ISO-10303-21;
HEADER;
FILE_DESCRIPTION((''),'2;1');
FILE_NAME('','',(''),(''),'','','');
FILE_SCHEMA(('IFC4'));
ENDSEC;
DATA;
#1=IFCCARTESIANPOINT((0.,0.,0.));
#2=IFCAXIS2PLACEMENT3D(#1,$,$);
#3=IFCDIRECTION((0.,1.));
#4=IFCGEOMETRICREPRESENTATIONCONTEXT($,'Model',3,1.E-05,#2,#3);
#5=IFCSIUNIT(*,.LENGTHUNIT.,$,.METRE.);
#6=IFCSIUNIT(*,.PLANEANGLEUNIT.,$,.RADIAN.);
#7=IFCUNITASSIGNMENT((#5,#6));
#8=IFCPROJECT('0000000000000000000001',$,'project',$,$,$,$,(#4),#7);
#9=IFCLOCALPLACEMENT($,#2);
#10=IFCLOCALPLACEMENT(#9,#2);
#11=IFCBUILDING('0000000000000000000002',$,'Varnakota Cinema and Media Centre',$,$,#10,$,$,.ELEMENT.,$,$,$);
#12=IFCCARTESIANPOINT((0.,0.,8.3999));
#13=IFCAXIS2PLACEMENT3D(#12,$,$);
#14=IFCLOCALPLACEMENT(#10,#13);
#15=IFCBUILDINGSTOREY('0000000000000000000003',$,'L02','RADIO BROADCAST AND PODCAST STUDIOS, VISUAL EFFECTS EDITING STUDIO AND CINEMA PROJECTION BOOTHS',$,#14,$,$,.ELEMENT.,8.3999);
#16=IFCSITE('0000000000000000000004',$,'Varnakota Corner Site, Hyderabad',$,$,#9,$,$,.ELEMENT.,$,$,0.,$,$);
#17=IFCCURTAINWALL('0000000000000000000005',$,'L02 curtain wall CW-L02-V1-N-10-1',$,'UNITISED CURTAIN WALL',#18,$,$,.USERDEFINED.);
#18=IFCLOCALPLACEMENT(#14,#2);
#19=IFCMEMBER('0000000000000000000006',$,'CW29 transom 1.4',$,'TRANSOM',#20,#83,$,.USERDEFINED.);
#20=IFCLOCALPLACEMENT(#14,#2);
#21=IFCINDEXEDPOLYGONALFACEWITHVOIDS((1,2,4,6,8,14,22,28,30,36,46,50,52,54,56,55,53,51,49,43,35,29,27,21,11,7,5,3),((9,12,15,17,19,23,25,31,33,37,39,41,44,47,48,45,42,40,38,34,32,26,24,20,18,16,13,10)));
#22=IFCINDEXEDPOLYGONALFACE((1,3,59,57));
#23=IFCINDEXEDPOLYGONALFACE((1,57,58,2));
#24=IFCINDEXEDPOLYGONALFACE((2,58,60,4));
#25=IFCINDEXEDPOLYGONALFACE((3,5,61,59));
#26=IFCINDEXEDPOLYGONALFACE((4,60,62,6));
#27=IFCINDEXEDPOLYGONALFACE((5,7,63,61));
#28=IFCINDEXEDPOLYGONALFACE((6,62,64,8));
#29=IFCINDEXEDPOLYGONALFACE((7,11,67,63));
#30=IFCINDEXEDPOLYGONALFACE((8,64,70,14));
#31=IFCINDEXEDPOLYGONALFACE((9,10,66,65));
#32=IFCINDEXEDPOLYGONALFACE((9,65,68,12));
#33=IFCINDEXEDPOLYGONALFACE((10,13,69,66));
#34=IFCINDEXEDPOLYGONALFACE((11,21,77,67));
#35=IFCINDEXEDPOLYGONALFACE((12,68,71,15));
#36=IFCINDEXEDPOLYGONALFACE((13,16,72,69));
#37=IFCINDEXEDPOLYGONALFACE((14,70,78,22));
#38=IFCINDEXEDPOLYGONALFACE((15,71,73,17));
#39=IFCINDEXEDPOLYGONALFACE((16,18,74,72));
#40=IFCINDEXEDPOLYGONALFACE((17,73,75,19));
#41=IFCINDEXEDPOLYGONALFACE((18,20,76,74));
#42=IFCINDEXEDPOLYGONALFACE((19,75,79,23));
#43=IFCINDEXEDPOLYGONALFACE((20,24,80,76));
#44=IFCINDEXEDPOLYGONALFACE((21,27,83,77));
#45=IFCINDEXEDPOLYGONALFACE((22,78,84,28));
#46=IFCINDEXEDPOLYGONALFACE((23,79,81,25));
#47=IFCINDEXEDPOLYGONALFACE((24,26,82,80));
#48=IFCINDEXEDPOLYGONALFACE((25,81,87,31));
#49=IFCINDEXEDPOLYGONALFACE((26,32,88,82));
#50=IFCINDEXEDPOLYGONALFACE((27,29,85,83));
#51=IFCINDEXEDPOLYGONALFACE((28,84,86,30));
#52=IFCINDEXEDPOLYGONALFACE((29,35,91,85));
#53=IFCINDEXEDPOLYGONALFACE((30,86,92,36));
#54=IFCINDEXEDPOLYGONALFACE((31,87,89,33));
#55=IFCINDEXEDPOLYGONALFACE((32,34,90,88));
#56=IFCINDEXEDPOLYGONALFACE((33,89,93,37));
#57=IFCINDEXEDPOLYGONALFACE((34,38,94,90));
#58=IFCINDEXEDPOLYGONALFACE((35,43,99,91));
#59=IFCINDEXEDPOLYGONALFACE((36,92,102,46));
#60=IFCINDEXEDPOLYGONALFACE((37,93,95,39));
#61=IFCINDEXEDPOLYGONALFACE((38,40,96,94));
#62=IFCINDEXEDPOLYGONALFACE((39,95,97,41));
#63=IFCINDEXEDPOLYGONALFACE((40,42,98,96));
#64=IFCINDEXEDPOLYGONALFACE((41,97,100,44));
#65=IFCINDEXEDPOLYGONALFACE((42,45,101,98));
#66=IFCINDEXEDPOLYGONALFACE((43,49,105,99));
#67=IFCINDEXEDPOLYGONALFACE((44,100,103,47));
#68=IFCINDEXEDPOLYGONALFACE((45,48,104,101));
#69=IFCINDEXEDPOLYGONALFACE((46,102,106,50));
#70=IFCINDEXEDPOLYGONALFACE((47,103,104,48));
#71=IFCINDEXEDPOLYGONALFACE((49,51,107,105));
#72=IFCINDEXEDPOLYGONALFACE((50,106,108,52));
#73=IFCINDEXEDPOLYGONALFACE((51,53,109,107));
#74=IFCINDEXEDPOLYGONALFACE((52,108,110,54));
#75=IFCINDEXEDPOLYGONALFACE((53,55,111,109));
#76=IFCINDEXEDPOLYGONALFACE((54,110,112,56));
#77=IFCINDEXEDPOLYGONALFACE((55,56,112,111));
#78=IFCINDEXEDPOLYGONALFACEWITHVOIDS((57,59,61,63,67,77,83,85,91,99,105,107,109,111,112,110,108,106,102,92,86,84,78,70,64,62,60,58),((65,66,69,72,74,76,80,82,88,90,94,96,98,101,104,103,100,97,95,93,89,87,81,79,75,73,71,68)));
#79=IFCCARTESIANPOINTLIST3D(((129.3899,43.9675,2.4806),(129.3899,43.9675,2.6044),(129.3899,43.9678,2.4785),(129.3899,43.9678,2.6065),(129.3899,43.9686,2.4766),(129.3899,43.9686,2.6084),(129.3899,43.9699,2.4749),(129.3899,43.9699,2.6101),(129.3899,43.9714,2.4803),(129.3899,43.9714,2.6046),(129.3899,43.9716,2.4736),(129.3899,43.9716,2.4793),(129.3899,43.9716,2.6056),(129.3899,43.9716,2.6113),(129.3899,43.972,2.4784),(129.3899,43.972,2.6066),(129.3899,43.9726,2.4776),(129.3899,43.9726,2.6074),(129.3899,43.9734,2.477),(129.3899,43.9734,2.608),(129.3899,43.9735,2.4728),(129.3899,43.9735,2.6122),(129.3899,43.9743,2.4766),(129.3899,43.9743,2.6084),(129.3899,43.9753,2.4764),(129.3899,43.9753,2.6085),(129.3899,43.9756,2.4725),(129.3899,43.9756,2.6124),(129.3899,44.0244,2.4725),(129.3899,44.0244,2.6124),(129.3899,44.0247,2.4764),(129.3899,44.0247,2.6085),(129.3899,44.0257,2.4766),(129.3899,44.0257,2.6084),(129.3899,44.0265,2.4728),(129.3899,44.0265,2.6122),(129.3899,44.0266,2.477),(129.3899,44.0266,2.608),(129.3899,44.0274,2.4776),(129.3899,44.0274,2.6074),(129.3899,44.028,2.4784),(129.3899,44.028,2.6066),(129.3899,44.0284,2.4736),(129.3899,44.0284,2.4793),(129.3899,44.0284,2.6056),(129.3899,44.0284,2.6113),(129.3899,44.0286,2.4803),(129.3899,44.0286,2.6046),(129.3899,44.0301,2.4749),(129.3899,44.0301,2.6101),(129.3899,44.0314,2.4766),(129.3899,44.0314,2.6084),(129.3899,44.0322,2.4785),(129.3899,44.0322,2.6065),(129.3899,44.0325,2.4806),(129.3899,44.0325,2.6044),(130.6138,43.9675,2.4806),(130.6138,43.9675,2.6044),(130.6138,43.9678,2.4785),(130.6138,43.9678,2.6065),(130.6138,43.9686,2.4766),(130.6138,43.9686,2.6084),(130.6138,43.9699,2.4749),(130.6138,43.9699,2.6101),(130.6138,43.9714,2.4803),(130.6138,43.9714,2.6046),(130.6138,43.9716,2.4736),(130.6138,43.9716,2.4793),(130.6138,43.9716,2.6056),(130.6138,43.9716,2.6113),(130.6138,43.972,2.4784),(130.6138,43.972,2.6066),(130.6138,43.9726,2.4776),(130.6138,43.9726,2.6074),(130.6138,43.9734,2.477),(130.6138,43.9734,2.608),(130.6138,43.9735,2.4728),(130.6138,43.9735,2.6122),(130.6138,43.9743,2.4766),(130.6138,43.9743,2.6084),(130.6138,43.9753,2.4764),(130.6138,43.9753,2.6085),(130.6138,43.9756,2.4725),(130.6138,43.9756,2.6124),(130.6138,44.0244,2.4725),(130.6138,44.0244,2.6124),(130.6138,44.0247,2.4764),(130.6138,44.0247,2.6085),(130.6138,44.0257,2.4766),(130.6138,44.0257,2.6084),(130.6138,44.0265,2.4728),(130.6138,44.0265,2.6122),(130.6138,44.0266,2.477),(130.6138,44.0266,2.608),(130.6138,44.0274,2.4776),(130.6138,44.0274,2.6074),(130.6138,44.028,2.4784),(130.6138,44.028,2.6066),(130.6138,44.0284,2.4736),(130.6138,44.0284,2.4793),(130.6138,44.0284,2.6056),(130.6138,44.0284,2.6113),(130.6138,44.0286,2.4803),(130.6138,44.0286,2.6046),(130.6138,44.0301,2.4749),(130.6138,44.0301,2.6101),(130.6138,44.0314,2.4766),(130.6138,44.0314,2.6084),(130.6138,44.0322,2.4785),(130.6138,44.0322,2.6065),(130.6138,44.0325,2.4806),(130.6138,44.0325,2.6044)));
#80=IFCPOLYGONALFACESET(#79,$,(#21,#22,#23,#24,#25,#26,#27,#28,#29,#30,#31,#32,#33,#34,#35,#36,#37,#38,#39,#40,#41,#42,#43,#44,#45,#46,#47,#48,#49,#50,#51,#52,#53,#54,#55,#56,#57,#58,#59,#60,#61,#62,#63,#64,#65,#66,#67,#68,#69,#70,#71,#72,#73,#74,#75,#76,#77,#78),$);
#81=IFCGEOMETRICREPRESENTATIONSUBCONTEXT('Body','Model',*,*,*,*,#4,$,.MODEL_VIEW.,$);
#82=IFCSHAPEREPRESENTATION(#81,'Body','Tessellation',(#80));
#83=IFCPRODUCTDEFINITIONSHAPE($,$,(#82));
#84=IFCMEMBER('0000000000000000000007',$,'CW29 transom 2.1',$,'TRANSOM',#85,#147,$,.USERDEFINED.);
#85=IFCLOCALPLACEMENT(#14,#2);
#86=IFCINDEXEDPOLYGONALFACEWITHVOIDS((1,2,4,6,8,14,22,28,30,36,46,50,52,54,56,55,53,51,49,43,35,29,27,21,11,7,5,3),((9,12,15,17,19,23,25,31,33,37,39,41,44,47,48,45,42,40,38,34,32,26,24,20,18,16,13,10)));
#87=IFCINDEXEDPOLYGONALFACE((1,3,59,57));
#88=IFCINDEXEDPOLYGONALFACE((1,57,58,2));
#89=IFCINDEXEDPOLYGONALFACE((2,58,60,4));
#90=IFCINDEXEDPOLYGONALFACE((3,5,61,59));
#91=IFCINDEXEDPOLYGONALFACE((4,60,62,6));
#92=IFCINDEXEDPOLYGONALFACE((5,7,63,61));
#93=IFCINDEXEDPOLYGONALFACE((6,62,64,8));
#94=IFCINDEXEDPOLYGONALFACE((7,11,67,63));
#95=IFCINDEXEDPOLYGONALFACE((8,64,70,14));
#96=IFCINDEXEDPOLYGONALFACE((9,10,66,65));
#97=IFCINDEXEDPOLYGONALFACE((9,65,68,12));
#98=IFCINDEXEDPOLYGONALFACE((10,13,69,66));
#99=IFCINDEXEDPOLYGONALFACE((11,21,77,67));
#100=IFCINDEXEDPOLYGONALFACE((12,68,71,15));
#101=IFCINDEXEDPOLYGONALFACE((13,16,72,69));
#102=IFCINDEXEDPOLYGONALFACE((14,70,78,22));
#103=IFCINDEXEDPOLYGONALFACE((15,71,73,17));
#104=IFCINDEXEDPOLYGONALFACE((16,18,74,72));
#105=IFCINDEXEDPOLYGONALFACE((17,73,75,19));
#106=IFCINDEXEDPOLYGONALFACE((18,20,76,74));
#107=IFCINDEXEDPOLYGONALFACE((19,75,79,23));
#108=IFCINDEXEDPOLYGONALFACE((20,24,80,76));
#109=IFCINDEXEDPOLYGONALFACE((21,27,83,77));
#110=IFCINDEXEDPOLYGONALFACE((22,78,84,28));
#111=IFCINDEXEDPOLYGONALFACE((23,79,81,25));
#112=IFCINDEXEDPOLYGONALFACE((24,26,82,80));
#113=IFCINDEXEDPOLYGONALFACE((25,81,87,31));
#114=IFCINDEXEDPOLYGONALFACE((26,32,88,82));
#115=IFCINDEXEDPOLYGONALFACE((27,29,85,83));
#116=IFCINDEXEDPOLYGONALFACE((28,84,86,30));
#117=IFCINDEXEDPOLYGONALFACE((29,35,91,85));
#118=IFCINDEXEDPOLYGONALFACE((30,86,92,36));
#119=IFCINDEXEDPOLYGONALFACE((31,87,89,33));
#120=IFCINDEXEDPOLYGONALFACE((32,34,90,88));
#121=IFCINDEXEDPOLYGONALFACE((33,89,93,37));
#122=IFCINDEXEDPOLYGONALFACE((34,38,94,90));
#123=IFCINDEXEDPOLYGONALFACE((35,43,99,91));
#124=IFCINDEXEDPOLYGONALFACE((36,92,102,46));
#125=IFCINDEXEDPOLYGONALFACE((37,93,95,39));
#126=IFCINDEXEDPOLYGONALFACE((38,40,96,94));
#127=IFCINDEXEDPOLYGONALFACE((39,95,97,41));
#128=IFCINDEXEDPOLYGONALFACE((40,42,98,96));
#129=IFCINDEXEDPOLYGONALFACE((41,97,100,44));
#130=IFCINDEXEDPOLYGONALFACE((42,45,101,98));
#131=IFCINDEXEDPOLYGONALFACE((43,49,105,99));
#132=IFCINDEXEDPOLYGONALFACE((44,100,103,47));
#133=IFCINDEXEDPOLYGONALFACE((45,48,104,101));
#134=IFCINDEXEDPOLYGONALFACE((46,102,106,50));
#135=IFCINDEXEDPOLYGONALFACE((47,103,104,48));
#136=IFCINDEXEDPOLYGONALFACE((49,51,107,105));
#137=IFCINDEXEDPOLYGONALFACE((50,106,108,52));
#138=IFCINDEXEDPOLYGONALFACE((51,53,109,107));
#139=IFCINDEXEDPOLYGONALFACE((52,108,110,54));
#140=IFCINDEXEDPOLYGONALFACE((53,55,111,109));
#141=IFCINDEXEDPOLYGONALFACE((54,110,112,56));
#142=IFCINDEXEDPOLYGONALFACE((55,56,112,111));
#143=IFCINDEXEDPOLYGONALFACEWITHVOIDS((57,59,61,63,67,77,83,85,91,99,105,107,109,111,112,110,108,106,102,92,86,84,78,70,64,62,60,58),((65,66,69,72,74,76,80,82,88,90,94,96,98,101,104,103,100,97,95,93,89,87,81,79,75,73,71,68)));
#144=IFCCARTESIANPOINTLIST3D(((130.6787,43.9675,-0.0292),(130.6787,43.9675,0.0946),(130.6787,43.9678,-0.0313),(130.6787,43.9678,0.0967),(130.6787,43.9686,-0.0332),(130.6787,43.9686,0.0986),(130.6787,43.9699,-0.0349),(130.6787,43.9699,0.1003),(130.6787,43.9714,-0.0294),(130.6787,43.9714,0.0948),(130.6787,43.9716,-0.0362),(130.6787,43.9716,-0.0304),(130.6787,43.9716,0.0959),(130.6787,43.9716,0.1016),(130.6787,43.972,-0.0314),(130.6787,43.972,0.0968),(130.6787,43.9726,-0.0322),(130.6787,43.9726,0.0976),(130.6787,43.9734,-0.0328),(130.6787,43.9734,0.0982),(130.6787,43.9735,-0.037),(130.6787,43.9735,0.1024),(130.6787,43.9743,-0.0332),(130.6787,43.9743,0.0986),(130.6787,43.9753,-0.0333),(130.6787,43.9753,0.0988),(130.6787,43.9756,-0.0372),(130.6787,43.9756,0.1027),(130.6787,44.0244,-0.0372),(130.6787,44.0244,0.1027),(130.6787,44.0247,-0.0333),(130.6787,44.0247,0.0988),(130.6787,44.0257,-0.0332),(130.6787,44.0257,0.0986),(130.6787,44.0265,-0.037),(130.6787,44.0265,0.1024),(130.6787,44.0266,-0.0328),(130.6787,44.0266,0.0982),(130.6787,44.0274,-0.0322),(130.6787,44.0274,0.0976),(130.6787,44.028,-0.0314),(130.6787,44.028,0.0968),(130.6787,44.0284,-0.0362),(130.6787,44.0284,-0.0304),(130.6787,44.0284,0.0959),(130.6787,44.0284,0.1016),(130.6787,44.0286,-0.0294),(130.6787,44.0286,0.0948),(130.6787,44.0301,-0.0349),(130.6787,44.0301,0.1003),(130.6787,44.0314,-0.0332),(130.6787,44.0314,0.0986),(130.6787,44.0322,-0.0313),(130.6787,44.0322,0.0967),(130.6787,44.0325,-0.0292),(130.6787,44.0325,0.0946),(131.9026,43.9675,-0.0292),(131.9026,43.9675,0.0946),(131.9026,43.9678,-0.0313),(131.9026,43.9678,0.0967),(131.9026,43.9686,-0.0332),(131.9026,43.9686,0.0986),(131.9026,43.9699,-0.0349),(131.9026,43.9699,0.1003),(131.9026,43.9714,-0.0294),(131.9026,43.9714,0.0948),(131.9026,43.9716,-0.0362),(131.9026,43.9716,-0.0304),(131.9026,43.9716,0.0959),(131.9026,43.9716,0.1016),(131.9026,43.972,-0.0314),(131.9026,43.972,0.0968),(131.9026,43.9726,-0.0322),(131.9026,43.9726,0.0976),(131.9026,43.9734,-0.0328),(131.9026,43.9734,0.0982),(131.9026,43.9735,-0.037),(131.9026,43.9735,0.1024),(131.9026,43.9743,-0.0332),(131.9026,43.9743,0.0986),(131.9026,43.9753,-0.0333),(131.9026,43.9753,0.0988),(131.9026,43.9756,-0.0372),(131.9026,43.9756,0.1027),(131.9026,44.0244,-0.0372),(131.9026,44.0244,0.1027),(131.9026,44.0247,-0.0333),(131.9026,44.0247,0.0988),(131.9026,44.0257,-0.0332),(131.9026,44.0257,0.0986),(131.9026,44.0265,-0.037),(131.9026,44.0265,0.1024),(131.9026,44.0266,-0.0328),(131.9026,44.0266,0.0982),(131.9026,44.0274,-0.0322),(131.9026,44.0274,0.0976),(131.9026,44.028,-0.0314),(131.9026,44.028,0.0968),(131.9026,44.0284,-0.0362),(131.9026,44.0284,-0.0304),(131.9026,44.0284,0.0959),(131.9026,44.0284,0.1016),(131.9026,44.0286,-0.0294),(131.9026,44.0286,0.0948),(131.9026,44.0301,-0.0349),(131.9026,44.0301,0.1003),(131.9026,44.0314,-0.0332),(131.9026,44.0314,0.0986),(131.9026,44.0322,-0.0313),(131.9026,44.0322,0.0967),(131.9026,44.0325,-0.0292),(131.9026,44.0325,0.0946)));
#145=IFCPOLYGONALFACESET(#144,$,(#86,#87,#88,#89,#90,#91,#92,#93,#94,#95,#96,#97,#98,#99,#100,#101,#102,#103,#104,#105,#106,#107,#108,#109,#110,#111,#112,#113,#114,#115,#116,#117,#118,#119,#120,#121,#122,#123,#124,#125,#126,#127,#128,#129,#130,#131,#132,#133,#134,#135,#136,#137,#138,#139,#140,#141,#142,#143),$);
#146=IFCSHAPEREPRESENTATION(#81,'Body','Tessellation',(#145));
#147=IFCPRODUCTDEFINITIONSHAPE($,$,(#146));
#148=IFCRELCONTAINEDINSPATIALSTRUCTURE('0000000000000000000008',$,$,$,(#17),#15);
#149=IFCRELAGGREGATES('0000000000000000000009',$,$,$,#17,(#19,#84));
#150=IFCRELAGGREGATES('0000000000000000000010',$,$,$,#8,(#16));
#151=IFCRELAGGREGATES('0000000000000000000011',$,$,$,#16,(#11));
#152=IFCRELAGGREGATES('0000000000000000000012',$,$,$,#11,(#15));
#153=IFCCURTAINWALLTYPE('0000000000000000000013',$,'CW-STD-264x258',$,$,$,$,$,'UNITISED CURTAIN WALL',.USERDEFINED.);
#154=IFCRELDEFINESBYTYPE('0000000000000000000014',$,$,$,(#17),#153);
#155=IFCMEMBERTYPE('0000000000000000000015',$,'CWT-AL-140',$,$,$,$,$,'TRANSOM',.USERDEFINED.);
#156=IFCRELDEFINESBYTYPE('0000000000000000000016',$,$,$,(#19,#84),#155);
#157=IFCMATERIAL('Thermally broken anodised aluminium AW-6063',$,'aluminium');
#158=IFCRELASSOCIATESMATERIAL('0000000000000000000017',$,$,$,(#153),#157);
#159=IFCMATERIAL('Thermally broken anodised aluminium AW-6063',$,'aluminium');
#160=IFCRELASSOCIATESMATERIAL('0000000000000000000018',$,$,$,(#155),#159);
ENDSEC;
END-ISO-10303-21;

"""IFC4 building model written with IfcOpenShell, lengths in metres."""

from ifc_helpers import new_model, si_unit, direction, frame, origin, origin_2d, place, context, subcontext, project, spatial, hollow_rectangle, extrude, material, material_profile, profile_set, type_object, element, aggregate, save


model = new_model("IFC4")

# Units and contexts
model_context = context("Model", 3, precision=1e-05, world=origin(), true_north=direction((0.0, 1.0)))
body_context = subcontext(model_context, "Body", "Model", "MODEL_VIEW")
ifc_project = project(units=[si_unit("LENGTHUNIT", "METRE"), si_unit("PLANEANGLEUNIT", "RADIAN")], contexts=[model_context])

# Site, building, storey
site_placement = place(None, origin())
site = spatial("IfcSite", under=ifc_project, at=site_placement, Name="Varnakota Corner Site, Hyderabad", CompositionType="ELEMENT", RefElevation=0.0)
building_placement = place(site_placement, origin())
building = spatial("IfcBuilding", under=site, at=building_placement, Name="Varnakota Cinema and Media Centre", CompositionType="ELEMENT")
storey_placement = place(building_placement, frame((0.0, 0.0, 8.3999)))
storey = spatial("IfcBuildingStorey", under=building, at=storey_placement, Name="L02", Description="RADIO BROADCAST AND PODCAST STUDIOS, VISUAL EFFECTS EDITING STUDIO AND CINEMA PROJECTION BOOTHS", CompositionType="ELEMENT", Elevation=8.3999)

# Shared definitions
ifc_material_1 = material(Name="Thermally broken anodised aluminium AW-6063", Category="aluminium")
curtain_wall_type = type_object("IfcCurtainWallType", Name="CW-STD-264x258", ElementType="UNITISED CURTAIN WALL", PredefinedType="USERDEFINED", material=ifc_material_1)

# Curtain wall
curtain_wall_1_placement = place(storey_placement, origin())
curtain_wall_1 = element("IfcCurtainWall", 1, at=curtain_wall_1_placement, inside=storey, type_object=curtain_wall_type, Name="L02 curtain wall CW-L02-V1-N-10-1", ObjectType="UNITISED CURTAIN WALL", PredefinedType="USERDEFINED")

# Members
ifc_material_2 = material(Name="Thermally broken anodised aluminium AW-6063", Category="aluminium")
ifc_material_profile_1 = material_profile(ifc_material_2, hollow_rectangle(XDim=0.0649, YDim=0.1399, WallThickness=0.0039, InnerFilletRadius=0.0039, OuterFilletRadius=0.0081, at=origin_2d()), Name="AL-TRANSOM 140x65x4")
ifc_profile_set_1 = profile_set([ifc_material_profile_1], Name="Thermally broken anodised aluminium AW-6063")
member_type_1 = type_object("IfcMemberType", Name="CWT-AL-140", ElementType="TRANSOM", PredefinedType="USERDEFINED", material=ifc_profile_set_1)
member_1_placement = place(storey_placement, frame((129.3899, 44.0, 2.5425), z_axis=(1.0, 0.0, 0.0), x_axis=(0.0, 1.0, 0.0)))
member_1 = element("IfcMember", 2, at=member_1_placement, type_object=member_type_1, Name="CW29 transom 1.4", ObjectType="TRANSOM", PredefinedType="USERDEFINED", context=body_context, shape_type="SweptSolid", body=[
    extrude(hollow_rectangle(XDim=0.0649, YDim=0.1399, WallThickness=0.0039, InnerFilletRadius=0.0039, OuterFilletRadius=0.0081, at=origin_2d()), origin(), (0.0, 0.0, 1.0), 1.2239),
])
member_2_placement = place(storey_placement, frame((130.6787, 44.0, 0.0327), z_axis=(1.0, 0.0, 0.0), x_axis=(0.0, 1.0, 0.0)))
member_2 = element("IfcMember", 3, at=member_2_placement, type_object=member_type_1, Name="CW29 transom 2.1", ObjectType="TRANSOM", PredefinedType="USERDEFINED", context=body_context, shape_type="SweptSolid", body=[
    extrude(hollow_rectangle(XDim=0.0649, YDim=0.1399, WallThickness=0.0039, InnerFilletRadius=0.0039, OuterFilletRadius=0.0081, at=origin_2d()), origin(), (0.0, 0.0, 1.0), 1.2239),
])

aggregate(curtain_wall_1, [member_1, member_2])

save(model, "model.ifc")
